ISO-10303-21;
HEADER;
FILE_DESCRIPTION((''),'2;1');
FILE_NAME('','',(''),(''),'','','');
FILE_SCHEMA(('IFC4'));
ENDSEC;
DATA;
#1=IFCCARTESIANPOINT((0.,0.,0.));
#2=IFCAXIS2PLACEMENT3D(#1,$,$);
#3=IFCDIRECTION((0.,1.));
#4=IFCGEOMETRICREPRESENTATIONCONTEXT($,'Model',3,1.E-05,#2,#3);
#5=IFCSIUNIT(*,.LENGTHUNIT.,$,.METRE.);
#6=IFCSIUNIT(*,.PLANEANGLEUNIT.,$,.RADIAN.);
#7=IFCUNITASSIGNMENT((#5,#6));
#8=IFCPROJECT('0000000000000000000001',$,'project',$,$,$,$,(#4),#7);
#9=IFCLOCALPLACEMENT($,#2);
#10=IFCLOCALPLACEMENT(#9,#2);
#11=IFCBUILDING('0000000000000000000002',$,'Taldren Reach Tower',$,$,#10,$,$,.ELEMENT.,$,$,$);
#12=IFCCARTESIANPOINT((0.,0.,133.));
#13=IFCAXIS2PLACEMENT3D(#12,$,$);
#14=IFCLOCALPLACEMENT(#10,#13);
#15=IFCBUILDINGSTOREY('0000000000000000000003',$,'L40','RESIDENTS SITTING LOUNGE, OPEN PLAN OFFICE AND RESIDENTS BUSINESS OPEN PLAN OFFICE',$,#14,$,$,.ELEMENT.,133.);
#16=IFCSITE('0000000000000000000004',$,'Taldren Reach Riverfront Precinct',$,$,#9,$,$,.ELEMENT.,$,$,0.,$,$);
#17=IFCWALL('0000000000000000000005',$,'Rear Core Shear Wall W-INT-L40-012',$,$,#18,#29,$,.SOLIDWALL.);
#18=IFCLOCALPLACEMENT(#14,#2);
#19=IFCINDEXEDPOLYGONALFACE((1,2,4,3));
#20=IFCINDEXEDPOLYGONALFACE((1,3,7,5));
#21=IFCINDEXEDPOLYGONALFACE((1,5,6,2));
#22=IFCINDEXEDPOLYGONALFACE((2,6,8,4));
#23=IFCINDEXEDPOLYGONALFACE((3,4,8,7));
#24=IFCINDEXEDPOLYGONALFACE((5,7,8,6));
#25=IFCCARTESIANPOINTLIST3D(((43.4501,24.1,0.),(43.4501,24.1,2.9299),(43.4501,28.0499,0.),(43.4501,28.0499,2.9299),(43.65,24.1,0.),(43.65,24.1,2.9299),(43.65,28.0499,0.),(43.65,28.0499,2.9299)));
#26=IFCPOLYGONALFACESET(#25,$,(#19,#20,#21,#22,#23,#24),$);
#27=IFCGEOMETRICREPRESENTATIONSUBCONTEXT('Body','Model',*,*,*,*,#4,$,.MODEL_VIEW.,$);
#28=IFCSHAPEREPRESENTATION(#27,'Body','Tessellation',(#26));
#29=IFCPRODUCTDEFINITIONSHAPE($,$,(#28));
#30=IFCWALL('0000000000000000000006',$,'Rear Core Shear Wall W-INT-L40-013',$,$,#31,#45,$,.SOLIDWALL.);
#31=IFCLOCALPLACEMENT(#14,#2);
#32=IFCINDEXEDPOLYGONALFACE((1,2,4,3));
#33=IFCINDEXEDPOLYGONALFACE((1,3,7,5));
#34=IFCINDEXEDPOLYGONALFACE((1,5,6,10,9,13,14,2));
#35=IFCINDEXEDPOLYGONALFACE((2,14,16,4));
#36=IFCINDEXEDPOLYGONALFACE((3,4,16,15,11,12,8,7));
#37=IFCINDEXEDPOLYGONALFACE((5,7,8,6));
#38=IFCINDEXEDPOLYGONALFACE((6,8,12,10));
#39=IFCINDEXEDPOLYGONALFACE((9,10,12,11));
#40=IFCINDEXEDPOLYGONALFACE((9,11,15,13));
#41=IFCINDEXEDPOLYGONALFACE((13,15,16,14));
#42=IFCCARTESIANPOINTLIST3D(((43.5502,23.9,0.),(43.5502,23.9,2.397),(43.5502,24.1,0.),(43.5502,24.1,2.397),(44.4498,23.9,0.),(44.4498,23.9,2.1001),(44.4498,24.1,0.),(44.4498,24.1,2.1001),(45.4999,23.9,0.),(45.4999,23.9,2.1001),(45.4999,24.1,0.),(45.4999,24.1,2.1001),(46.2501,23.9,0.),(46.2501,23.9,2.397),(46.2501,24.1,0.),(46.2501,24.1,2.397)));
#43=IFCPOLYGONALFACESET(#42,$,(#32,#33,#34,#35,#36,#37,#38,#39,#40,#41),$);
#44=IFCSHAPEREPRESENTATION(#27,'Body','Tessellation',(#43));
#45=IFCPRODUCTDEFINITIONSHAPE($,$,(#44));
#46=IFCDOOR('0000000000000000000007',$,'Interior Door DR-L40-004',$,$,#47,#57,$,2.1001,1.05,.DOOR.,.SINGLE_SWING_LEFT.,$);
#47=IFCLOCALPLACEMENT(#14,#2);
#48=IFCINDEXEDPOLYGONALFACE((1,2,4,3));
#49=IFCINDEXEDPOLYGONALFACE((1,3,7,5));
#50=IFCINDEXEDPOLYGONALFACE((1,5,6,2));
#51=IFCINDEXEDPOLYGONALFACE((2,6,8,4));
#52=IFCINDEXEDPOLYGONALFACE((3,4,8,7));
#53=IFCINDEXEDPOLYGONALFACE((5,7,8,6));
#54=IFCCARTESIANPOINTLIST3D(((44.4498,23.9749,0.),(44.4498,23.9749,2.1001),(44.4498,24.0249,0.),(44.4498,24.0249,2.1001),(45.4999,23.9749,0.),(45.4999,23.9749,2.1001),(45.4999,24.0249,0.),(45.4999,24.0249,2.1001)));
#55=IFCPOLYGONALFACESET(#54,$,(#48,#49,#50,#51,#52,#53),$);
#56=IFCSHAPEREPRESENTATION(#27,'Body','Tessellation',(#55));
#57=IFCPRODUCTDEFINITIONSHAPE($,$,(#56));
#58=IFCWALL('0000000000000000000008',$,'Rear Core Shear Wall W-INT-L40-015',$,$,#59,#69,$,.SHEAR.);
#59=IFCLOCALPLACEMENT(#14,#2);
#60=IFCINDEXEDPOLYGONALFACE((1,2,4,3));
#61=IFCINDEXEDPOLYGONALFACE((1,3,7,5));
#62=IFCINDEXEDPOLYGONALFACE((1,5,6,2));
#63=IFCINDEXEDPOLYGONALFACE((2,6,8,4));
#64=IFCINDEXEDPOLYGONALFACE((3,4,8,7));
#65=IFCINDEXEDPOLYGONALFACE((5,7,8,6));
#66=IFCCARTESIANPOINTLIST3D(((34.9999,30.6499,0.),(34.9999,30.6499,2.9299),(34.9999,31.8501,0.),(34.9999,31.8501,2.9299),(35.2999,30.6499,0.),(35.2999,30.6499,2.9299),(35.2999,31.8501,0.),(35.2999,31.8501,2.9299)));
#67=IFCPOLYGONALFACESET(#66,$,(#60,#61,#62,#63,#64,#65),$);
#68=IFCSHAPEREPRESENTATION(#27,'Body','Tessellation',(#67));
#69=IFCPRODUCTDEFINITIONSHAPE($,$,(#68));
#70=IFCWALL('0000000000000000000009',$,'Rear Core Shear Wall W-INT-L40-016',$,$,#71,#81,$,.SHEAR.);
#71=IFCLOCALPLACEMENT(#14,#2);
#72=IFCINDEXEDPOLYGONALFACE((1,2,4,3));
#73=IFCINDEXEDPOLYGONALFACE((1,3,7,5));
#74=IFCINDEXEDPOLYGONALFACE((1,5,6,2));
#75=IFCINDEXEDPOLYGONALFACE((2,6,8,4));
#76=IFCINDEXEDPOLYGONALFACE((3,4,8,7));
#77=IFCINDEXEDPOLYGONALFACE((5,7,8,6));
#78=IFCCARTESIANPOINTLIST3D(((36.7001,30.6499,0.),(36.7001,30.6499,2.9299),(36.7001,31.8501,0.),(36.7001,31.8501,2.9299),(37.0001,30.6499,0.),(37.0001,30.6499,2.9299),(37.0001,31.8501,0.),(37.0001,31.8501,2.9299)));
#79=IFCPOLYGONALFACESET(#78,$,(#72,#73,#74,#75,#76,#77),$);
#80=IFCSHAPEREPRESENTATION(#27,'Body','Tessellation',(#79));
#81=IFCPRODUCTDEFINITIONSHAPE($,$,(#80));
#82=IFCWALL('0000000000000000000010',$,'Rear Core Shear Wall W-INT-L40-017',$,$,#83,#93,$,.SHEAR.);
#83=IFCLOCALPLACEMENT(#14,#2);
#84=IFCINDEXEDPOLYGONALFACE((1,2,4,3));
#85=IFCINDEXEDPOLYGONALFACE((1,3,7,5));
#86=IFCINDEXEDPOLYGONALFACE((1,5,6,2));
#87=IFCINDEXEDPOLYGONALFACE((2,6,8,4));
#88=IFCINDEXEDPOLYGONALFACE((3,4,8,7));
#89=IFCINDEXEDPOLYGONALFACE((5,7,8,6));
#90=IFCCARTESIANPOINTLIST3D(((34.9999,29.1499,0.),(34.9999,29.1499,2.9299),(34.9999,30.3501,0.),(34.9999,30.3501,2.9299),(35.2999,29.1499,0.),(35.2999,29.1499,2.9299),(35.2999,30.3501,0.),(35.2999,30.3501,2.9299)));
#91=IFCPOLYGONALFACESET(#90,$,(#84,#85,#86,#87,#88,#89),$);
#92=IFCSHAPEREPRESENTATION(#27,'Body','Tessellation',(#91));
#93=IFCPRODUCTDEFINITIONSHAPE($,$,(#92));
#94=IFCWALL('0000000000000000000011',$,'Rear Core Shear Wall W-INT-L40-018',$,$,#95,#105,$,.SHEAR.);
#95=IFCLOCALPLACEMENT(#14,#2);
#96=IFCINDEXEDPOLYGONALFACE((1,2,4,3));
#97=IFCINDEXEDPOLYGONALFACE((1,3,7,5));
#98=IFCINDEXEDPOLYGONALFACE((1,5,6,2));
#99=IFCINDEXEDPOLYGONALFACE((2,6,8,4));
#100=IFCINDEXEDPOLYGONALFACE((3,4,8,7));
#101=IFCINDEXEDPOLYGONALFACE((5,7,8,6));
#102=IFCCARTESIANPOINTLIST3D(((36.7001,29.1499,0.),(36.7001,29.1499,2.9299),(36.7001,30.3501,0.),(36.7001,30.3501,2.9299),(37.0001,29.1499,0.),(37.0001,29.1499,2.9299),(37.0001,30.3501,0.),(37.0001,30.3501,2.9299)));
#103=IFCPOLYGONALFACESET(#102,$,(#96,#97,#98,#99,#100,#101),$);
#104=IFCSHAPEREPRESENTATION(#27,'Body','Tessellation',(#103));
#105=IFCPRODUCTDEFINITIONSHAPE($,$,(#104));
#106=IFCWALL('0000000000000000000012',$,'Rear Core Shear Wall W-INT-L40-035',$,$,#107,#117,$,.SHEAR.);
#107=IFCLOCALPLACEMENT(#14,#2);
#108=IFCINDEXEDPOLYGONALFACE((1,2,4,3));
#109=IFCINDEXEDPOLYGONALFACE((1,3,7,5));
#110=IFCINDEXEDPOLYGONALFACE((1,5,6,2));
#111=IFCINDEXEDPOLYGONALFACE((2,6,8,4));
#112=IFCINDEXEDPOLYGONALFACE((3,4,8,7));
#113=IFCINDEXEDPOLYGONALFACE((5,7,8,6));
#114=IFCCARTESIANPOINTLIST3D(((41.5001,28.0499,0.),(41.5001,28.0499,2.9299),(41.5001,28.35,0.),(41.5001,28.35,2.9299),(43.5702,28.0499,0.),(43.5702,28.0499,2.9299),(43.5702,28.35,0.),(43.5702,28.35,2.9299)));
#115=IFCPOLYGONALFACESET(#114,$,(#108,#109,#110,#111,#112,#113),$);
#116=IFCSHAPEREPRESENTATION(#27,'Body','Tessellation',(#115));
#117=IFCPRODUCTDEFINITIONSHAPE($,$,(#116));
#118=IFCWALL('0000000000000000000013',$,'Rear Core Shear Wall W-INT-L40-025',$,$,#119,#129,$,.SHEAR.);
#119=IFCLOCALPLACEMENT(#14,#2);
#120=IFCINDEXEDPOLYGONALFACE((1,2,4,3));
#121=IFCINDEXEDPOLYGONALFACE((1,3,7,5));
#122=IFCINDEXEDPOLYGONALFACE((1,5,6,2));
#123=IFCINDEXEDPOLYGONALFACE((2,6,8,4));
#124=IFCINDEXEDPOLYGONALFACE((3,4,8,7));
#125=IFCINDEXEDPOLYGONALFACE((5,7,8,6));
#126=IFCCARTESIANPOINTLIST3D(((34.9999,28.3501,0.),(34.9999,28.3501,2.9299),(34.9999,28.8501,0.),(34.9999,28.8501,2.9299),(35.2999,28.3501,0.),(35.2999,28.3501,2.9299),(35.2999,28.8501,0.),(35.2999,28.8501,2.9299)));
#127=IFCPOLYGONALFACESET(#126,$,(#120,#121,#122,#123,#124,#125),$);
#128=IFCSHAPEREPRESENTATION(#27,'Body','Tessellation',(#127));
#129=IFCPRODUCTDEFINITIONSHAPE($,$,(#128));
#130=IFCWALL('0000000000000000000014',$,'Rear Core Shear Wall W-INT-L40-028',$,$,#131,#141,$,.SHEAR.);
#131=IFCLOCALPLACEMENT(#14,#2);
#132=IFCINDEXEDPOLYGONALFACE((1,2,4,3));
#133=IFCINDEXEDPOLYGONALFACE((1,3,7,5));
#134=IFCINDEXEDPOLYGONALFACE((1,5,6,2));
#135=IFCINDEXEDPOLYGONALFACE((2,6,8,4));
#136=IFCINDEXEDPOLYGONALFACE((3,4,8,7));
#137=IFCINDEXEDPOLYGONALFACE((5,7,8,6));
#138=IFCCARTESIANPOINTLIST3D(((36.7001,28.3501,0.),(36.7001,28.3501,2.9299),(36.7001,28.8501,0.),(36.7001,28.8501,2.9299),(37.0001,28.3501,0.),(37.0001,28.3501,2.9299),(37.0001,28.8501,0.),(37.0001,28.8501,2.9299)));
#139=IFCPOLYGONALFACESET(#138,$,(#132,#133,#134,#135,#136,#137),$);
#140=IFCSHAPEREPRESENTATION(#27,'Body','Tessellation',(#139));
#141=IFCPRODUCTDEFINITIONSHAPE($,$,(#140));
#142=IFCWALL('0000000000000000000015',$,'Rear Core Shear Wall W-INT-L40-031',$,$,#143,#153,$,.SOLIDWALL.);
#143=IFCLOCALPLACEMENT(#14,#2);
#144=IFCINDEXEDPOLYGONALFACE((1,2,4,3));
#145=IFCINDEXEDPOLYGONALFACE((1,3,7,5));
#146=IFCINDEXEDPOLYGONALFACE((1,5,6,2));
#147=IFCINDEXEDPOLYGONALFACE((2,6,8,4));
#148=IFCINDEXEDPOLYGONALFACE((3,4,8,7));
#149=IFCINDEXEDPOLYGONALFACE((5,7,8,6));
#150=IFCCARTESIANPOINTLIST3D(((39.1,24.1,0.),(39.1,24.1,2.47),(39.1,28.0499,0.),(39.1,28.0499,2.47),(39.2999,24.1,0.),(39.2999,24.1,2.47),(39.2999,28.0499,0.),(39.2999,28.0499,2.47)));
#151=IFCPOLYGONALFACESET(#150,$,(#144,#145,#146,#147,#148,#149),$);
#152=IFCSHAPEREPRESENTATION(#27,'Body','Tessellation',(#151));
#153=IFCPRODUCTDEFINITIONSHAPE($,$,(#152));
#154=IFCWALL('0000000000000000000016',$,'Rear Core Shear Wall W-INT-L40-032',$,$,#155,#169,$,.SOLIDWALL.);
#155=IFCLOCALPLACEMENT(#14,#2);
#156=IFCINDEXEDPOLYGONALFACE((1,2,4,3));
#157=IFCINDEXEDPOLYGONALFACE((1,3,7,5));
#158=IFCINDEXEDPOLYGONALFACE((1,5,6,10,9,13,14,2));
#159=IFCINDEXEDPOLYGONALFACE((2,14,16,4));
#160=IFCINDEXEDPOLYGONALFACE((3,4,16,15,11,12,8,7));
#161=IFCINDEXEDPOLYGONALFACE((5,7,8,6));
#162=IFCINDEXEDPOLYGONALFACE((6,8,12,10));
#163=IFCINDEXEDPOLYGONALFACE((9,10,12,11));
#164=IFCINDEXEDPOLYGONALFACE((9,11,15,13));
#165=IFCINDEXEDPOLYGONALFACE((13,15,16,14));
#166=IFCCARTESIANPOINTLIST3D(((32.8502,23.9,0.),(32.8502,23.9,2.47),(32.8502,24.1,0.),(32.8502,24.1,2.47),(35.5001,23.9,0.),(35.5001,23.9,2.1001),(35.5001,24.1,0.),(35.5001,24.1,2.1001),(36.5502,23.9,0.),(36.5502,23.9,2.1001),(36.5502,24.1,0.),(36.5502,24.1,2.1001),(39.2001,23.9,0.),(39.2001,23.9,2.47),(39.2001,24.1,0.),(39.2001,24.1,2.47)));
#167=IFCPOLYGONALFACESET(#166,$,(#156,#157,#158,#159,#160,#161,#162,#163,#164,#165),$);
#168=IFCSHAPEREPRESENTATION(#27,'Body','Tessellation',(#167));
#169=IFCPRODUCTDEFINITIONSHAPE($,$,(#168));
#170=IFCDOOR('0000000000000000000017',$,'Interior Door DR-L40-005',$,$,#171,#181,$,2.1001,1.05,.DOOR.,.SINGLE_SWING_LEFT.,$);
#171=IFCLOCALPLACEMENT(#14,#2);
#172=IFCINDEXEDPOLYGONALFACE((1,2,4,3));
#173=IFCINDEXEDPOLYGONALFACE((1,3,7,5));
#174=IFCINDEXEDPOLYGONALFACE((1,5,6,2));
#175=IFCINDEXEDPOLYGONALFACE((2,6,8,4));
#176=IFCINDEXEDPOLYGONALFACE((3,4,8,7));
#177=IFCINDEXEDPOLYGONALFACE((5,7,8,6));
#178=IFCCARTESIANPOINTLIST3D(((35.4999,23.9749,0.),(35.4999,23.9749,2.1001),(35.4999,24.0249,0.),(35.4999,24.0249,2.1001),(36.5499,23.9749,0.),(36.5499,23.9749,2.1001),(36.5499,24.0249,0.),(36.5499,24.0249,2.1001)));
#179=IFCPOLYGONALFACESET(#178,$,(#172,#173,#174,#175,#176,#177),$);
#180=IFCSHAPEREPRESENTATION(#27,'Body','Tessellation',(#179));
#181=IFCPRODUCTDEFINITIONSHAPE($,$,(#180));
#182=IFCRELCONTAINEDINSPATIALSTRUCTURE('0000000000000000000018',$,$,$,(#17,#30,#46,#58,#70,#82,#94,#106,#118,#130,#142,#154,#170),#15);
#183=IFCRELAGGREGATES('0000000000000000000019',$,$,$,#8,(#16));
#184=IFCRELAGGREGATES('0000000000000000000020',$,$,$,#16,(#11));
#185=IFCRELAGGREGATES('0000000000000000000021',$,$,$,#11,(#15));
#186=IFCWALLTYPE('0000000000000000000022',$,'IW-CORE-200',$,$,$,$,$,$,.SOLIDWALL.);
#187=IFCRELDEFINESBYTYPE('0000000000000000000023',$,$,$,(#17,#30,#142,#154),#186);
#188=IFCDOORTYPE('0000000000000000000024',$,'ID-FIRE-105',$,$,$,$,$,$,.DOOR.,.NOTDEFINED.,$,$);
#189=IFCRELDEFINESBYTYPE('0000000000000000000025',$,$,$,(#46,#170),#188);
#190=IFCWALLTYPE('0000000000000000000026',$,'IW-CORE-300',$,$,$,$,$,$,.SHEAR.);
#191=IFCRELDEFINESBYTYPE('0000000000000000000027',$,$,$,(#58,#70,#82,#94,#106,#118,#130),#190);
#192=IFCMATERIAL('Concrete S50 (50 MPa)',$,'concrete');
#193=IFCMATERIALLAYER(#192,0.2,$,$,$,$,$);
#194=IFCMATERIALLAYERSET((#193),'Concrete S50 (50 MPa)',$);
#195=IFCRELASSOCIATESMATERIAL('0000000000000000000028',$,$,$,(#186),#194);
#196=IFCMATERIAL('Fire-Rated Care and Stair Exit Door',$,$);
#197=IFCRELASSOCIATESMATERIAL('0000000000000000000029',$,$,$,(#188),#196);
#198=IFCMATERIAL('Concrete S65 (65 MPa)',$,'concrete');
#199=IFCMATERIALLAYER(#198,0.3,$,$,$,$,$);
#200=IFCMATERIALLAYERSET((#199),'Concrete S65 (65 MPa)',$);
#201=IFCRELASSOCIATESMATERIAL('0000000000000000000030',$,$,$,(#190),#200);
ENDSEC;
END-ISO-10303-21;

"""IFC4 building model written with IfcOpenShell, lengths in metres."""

from ifc_helpers import new_model, si_unit, direction, frame, frame_2d, origin, place, context, subcontext, project, spatial, rectangle, extrude, source, transform, mapped, material, layer, layer_set, type_object, element, fill, save


model = new_model("IFC4")

# Units and contexts
model_context = context("Model", 3, precision=1e-05, world=origin(), true_north=direction((0.0, 1.0)))
body_context = subcontext(model_context, "Body", "Model", "MODEL_VIEW")
ifc_project = project(units=[si_unit("LENGTHUNIT", "METRE"), si_unit("PLANEANGLEUNIT", "RADIAN")], contexts=[model_context])

# Site, building, storey
site_placement = place(None, origin())
site = spatial("IfcSite", under=ifc_project, at=site_placement, Name="Taldren Reach Riverfront Precinct", CompositionType="ELEMENT", RefElevation=0.0)
building_placement = place(site_placement, origin())
building = spatial("IfcBuilding", under=site, at=building_placement, Name="Taldren Reach Tower", CompositionType="ELEMENT")
storey_placement = place(building_placement, frame((0.0, 0.0, 133.0)))
storey = spatial("IfcBuildingStorey", under=building, at=storey_placement, Name="L40", Description="RESIDENTS SITTING LOUNGE, OPEN PLAN OFFICE AND RESIDENTS BUSINESS OPEN PLAN OFFICE", CompositionType="ELEMENT", Elevation=133.0)

# Shared definitions
ifc_material_1 = material(Name="Concrete S50 (50 MPa)", Category="concrete")
ifc_layer_1 = layer(ifc_material_1, 0.2)
ifc_layer_set_1 = layer_set([ifc_layer_1], Name="Concrete S50 (50 MPa)")
wall_type_1 = type_object("IfcWallType", Name="IW-CORE-200", PredefinedType="SOLIDWALL", material=ifc_layer_set_1)
shared_shape_1 = source(origin(), body_context, "Body", "SweptSolid", [
    extrude(rectangle(XDim=1.05, YDim=2.1001, at=frame_2d((0.5249, 1.05))), frame((0.0, 0.1099, 0.0), z_axis=(0.0, -1.0, 0.0), x_axis=(1.0, 0.0, 0.0)), (0.0, 0.0, 1.0), 0.22),
])
ifc_material_2 = material(Name="Fire-Rated Care and Stair Exit Door")
door_type_1 = type_object("IfcDoorType", Name="ID-FIRE-105", OperationType="NOTDEFINED", PredefinedType="DOOR", material=ifc_material_2)
shared_shape_2 = source(origin(), body_context, "Body", "SweptSolid", [
    extrude(rectangle(XDim=1.05, YDim=2.1001, at=frame_2d((0.5249, 1.05))), frame((0.0, 0.0249, 0.0), z_axis=(0.0, -1.0, 0.0), x_axis=(1.0, 0.0, 0.0)), (0.0, 0.0, 1.0), 0.05),
])

# Shared definitions
ifc_material_3 = material(Name="Concrete S65 (65 MPa)", Category="concrete")
ifc_layer_2 = layer(ifc_material_3, 0.3)
ifc_layer_set_2 = layer_set([ifc_layer_2], Name="Concrete S65 (65 MPa)")
wall_type_2 = type_object("IfcWallType", Name="IW-CORE-300", PredefinedType="SHEAR", material=ifc_layer_set_2)

# Wall
shared_shape_3 = source(origin(), body_context, "Body", "SweptSolid", [
    extrude(rectangle(XDim=3.95, YDim=0.2, at=frame_2d((1.9751, 0.0))), origin(), (0.0, 0.0, 1.0), 2.9299),
])
wall_1_placement = place(storey_placement, frame((43.55, 28.05, 0.0), z_axis=(0.0, 0.0, 1.0), x_axis=(0.0, -1.0, 0.0)))
element("IfcWall", 1, at=wall_1_placement, inside=storey, type_object=wall_type_1, Name="Rear Core Shear Wall W-INT-L40-012", PredefinedType="SOLIDWALL", context=body_context, shape_type="MappedRepresentation", body=[
    mapped(shared_shape_3, transform((0.0, 0.0, 0.0), scale=1.0)),
])

# Wall, opening, door
shared_shape_4 = source(origin(), body_context, "Body", "SweptSolid", [
    extrude(rectangle(XDim=2.7, YDim=0.2, at=frame_2d((1.3501, 0.0))), origin(), (0.0, 0.0, 1.0), 2.397),
])
wall_2_placement = place(storey_placement, frame((43.55, 24.0, 0.0), z_axis=(0.0, 0.0, 1.0), x_axis=(1.0, 0.0, 0.0)))
wall_2 = element("IfcWall", 2, at=wall_2_placement, inside=storey, type_object=wall_type_1, Name="Rear Core Shear Wall W-INT-L40-013", PredefinedType="SOLIDWALL", context=body_context, shape_type="MappedRepresentation", body=[
    mapped(shared_shape_4, transform((0.0, 0.0, 0.0), scale=1.0)),
])
opening_1_placement = place(wall_2_placement, frame((0.8999, 0.0, 0.0)))
opening_1 = element("IfcOpeningElement", 3, at=opening_1_placement, cuts=wall_2, PredefinedType="OPENING", context=body_context, shape_type="MappedRepresentation", body=[
    mapped(shared_shape_1, transform((0.0, 0.0, 0.0), scale=1.0)),
])
door_1_placement = place(opening_1_placement, origin())
door_1 = element("IfcDoor", 4, at=door_1_placement, inside=storey, type_object=door_type_1, Name="Interior Door DR-L40-004", OperationType="SINGLE_SWING_LEFT", OverallHeight=2.1001, OverallWidth=1.05, PredefinedType="DOOR", context=body_context, shape_type="MappedRepresentation", body=[
    mapped(shared_shape_2, transform((0.0, 0.0, 0.0), scale=1.0)),
])
fill(opening_1, door_1)

# Walls
shared_shape_5 = source(origin(), body_context, "Body", "SweptSolid", [
    extrude(rectangle(XDim=1.2002, YDim=0.3, at=frame_2d((0.6001, 0.0))), origin(), (0.0, 0.0, 1.0), 2.9299),
])
for number, where, z_axis, x_axis, name in (
    (5, (35.1499, 31.8501, 0.0), (0.0, 0.0, 1.0), (0.0, -1.0, 0.0), "Rear Core Shear Wall W-INT-L40-015"),
    (6, (36.8501, 30.6499, 0.0), (0.0, 0.0, 1.0), (0.0, 1.0, 0.0), "Rear Core Shear Wall W-INT-L40-016"),
    (7, (35.1499, 30.3501, 0.0), (0.0, 0.0, 1.0), (0.0, -1.0, 0.0), "Rear Core Shear Wall W-INT-L40-017"),
    (8, (36.8501, 29.1499, 0.0), (0.0, 0.0, 1.0), (0.0, 1.0, 0.0), "Rear Core Shear Wall W-INT-L40-018"),
):
    element("IfcWall", number, at=place(storey_placement, frame(where, z_axis=z_axis, x_axis=x_axis)), inside=storey, type_object=wall_type_2, Name=name, PredefinedType="SHEAR", context=body_context, shape_type="MappedRepresentation", body=[
        mapped(shared_shape_5, transform((0.0, 0.0, 0.0), scale=1.0)),
    ])
shared_shape_6 = source(origin(), body_context, "Body", "SweptSolid", [
    extrude(rectangle(XDim=2.0701, YDim=0.3, at=frame_2d((1.0352, 0.0))), origin(), (0.0, 0.0, 1.0), 2.9299),
])
wall_3_placement = place(storey_placement, frame((41.5, 28.2, 0.0), z_axis=(0.0, 0.0, 1.0), x_axis=(1.0, 0.0, 0.0)))
element("IfcWall", 9, at=wall_3_placement, inside=storey, type_object=wall_type_2, Name="Rear Core Shear Wall W-INT-L40-035", PredefinedType="SHEAR", context=body_context, shape_type="MappedRepresentation", body=[
    mapped(shared_shape_6, transform((0.0, 0.0, 0.0), scale=1.0)),
])
shared_shape_7 = source(origin(), body_context, "Body", "SweptSolid", [
    extrude(rectangle(XDim=0.5, YDim=0.3, at=frame_2d((0.25, 0.0))), origin(), (0.0, 0.0, 1.0), 2.9299),
])
for number, where, z_axis, x_axis, name in (
    (10, (35.1499, 28.3501, 0.0), (0.0, 0.0, 1.0), (0.0, 1.0, 0.0), "Rear Core Shear Wall W-INT-L40-025"),
    (11, (36.8501, 28.8501, 0.0), (0.0, 0.0, 1.0), (0.0, -1.0, 0.0), "Rear Core Shear Wall W-INT-L40-028"),
):
    element("IfcWall", number, at=place(storey_placement, frame(where, z_axis=z_axis, x_axis=x_axis)), inside=storey, type_object=wall_type_2, Name=name, PredefinedType="SHEAR", context=body_context, shape_type="MappedRepresentation", body=[
        mapped(shared_shape_7, transform((0.0, 0.0, 0.0), scale=1.0)),
    ])

# Wall
shared_shape_8 = source(origin(), body_context, "Body", "SweptSolid", [
    extrude(rectangle(XDim=3.95, YDim=0.2, at=frame_2d((1.9751, 0.0))), origin(), (0.0, 0.0, 1.0), 2.47),
])
wall_4_placement = place(storey_placement, frame((39.2, 28.05, 0.0), z_axis=(0.0, 0.0, 1.0), x_axis=(0.0, -1.0, 0.0)))
element("IfcWall", 12, at=wall_4_placement, inside=storey, type_object=wall_type_1, Name="Rear Core Shear Wall W-INT-L40-031", PredefinedType="SOLIDWALL", context=body_context, shape_type="MappedRepresentation", body=[
    mapped(shared_shape_8, transform((0.0, 0.0, 0.0), scale=1.0)),
])

# Wall, opening, door
shared_shape_9 = source(origin(), body_context, "Body", "SweptSolid", [
    extrude(rectangle(XDim=6.3499, YDim=0.2, at=frame_2d((3.1748, 0.0))), origin(), (0.0, 0.0, 1.0), 2.47),
])
wall_5_placement = place(storey_placement, frame((39.2, 24.0, 0.0), z_axis=(0.0, 0.0, 1.0), x_axis=(-1.0, 0.0, 0.0)))
wall_5 = element("IfcWall", 13, at=wall_5_placement, inside=storey, type_object=wall_type_1, Name="Rear Core Shear Wall W-INT-L40-032", PredefinedType="SOLIDWALL", context=body_context, shape_type="MappedRepresentation", body=[
    mapped(shared_shape_9, transform((0.0, 0.0, 0.0), scale=1.0)),
])
opening_2_placement = place(wall_5_placement, frame((2.6499, 0.0, 0.0)))
opening_2 = element("IfcOpeningElement", 14, at=opening_2_placement, cuts=wall_5, PredefinedType="OPENING", context=body_context, shape_type="MappedRepresentation", body=[
    mapped(shared_shape_1, transform((0.0, 0.0, 0.0), scale=1.0)),
])
door_2_placement = place(opening_2_placement, frame((1.05, 0.0, 0.0), z_axis=(0.0, 0.0, 1.0), x_axis=(-1.0, 0.0, 0.0)))
door_2 = element("IfcDoor", 15, at=door_2_placement, inside=storey, type_object=door_type_1, Name="Interior Door DR-L40-005", OperationType="SINGLE_SWING_LEFT", OverallHeight=2.1001, OverallWidth=1.05, PredefinedType="DOOR", context=body_context, shape_type="MappedRepresentation", body=[
    mapped(shared_shape_2, transform((0.0, 0.0, 0.0), scale=1.0)),
])
fill(opening_2, door_2)

save(model, "model.ifc")
